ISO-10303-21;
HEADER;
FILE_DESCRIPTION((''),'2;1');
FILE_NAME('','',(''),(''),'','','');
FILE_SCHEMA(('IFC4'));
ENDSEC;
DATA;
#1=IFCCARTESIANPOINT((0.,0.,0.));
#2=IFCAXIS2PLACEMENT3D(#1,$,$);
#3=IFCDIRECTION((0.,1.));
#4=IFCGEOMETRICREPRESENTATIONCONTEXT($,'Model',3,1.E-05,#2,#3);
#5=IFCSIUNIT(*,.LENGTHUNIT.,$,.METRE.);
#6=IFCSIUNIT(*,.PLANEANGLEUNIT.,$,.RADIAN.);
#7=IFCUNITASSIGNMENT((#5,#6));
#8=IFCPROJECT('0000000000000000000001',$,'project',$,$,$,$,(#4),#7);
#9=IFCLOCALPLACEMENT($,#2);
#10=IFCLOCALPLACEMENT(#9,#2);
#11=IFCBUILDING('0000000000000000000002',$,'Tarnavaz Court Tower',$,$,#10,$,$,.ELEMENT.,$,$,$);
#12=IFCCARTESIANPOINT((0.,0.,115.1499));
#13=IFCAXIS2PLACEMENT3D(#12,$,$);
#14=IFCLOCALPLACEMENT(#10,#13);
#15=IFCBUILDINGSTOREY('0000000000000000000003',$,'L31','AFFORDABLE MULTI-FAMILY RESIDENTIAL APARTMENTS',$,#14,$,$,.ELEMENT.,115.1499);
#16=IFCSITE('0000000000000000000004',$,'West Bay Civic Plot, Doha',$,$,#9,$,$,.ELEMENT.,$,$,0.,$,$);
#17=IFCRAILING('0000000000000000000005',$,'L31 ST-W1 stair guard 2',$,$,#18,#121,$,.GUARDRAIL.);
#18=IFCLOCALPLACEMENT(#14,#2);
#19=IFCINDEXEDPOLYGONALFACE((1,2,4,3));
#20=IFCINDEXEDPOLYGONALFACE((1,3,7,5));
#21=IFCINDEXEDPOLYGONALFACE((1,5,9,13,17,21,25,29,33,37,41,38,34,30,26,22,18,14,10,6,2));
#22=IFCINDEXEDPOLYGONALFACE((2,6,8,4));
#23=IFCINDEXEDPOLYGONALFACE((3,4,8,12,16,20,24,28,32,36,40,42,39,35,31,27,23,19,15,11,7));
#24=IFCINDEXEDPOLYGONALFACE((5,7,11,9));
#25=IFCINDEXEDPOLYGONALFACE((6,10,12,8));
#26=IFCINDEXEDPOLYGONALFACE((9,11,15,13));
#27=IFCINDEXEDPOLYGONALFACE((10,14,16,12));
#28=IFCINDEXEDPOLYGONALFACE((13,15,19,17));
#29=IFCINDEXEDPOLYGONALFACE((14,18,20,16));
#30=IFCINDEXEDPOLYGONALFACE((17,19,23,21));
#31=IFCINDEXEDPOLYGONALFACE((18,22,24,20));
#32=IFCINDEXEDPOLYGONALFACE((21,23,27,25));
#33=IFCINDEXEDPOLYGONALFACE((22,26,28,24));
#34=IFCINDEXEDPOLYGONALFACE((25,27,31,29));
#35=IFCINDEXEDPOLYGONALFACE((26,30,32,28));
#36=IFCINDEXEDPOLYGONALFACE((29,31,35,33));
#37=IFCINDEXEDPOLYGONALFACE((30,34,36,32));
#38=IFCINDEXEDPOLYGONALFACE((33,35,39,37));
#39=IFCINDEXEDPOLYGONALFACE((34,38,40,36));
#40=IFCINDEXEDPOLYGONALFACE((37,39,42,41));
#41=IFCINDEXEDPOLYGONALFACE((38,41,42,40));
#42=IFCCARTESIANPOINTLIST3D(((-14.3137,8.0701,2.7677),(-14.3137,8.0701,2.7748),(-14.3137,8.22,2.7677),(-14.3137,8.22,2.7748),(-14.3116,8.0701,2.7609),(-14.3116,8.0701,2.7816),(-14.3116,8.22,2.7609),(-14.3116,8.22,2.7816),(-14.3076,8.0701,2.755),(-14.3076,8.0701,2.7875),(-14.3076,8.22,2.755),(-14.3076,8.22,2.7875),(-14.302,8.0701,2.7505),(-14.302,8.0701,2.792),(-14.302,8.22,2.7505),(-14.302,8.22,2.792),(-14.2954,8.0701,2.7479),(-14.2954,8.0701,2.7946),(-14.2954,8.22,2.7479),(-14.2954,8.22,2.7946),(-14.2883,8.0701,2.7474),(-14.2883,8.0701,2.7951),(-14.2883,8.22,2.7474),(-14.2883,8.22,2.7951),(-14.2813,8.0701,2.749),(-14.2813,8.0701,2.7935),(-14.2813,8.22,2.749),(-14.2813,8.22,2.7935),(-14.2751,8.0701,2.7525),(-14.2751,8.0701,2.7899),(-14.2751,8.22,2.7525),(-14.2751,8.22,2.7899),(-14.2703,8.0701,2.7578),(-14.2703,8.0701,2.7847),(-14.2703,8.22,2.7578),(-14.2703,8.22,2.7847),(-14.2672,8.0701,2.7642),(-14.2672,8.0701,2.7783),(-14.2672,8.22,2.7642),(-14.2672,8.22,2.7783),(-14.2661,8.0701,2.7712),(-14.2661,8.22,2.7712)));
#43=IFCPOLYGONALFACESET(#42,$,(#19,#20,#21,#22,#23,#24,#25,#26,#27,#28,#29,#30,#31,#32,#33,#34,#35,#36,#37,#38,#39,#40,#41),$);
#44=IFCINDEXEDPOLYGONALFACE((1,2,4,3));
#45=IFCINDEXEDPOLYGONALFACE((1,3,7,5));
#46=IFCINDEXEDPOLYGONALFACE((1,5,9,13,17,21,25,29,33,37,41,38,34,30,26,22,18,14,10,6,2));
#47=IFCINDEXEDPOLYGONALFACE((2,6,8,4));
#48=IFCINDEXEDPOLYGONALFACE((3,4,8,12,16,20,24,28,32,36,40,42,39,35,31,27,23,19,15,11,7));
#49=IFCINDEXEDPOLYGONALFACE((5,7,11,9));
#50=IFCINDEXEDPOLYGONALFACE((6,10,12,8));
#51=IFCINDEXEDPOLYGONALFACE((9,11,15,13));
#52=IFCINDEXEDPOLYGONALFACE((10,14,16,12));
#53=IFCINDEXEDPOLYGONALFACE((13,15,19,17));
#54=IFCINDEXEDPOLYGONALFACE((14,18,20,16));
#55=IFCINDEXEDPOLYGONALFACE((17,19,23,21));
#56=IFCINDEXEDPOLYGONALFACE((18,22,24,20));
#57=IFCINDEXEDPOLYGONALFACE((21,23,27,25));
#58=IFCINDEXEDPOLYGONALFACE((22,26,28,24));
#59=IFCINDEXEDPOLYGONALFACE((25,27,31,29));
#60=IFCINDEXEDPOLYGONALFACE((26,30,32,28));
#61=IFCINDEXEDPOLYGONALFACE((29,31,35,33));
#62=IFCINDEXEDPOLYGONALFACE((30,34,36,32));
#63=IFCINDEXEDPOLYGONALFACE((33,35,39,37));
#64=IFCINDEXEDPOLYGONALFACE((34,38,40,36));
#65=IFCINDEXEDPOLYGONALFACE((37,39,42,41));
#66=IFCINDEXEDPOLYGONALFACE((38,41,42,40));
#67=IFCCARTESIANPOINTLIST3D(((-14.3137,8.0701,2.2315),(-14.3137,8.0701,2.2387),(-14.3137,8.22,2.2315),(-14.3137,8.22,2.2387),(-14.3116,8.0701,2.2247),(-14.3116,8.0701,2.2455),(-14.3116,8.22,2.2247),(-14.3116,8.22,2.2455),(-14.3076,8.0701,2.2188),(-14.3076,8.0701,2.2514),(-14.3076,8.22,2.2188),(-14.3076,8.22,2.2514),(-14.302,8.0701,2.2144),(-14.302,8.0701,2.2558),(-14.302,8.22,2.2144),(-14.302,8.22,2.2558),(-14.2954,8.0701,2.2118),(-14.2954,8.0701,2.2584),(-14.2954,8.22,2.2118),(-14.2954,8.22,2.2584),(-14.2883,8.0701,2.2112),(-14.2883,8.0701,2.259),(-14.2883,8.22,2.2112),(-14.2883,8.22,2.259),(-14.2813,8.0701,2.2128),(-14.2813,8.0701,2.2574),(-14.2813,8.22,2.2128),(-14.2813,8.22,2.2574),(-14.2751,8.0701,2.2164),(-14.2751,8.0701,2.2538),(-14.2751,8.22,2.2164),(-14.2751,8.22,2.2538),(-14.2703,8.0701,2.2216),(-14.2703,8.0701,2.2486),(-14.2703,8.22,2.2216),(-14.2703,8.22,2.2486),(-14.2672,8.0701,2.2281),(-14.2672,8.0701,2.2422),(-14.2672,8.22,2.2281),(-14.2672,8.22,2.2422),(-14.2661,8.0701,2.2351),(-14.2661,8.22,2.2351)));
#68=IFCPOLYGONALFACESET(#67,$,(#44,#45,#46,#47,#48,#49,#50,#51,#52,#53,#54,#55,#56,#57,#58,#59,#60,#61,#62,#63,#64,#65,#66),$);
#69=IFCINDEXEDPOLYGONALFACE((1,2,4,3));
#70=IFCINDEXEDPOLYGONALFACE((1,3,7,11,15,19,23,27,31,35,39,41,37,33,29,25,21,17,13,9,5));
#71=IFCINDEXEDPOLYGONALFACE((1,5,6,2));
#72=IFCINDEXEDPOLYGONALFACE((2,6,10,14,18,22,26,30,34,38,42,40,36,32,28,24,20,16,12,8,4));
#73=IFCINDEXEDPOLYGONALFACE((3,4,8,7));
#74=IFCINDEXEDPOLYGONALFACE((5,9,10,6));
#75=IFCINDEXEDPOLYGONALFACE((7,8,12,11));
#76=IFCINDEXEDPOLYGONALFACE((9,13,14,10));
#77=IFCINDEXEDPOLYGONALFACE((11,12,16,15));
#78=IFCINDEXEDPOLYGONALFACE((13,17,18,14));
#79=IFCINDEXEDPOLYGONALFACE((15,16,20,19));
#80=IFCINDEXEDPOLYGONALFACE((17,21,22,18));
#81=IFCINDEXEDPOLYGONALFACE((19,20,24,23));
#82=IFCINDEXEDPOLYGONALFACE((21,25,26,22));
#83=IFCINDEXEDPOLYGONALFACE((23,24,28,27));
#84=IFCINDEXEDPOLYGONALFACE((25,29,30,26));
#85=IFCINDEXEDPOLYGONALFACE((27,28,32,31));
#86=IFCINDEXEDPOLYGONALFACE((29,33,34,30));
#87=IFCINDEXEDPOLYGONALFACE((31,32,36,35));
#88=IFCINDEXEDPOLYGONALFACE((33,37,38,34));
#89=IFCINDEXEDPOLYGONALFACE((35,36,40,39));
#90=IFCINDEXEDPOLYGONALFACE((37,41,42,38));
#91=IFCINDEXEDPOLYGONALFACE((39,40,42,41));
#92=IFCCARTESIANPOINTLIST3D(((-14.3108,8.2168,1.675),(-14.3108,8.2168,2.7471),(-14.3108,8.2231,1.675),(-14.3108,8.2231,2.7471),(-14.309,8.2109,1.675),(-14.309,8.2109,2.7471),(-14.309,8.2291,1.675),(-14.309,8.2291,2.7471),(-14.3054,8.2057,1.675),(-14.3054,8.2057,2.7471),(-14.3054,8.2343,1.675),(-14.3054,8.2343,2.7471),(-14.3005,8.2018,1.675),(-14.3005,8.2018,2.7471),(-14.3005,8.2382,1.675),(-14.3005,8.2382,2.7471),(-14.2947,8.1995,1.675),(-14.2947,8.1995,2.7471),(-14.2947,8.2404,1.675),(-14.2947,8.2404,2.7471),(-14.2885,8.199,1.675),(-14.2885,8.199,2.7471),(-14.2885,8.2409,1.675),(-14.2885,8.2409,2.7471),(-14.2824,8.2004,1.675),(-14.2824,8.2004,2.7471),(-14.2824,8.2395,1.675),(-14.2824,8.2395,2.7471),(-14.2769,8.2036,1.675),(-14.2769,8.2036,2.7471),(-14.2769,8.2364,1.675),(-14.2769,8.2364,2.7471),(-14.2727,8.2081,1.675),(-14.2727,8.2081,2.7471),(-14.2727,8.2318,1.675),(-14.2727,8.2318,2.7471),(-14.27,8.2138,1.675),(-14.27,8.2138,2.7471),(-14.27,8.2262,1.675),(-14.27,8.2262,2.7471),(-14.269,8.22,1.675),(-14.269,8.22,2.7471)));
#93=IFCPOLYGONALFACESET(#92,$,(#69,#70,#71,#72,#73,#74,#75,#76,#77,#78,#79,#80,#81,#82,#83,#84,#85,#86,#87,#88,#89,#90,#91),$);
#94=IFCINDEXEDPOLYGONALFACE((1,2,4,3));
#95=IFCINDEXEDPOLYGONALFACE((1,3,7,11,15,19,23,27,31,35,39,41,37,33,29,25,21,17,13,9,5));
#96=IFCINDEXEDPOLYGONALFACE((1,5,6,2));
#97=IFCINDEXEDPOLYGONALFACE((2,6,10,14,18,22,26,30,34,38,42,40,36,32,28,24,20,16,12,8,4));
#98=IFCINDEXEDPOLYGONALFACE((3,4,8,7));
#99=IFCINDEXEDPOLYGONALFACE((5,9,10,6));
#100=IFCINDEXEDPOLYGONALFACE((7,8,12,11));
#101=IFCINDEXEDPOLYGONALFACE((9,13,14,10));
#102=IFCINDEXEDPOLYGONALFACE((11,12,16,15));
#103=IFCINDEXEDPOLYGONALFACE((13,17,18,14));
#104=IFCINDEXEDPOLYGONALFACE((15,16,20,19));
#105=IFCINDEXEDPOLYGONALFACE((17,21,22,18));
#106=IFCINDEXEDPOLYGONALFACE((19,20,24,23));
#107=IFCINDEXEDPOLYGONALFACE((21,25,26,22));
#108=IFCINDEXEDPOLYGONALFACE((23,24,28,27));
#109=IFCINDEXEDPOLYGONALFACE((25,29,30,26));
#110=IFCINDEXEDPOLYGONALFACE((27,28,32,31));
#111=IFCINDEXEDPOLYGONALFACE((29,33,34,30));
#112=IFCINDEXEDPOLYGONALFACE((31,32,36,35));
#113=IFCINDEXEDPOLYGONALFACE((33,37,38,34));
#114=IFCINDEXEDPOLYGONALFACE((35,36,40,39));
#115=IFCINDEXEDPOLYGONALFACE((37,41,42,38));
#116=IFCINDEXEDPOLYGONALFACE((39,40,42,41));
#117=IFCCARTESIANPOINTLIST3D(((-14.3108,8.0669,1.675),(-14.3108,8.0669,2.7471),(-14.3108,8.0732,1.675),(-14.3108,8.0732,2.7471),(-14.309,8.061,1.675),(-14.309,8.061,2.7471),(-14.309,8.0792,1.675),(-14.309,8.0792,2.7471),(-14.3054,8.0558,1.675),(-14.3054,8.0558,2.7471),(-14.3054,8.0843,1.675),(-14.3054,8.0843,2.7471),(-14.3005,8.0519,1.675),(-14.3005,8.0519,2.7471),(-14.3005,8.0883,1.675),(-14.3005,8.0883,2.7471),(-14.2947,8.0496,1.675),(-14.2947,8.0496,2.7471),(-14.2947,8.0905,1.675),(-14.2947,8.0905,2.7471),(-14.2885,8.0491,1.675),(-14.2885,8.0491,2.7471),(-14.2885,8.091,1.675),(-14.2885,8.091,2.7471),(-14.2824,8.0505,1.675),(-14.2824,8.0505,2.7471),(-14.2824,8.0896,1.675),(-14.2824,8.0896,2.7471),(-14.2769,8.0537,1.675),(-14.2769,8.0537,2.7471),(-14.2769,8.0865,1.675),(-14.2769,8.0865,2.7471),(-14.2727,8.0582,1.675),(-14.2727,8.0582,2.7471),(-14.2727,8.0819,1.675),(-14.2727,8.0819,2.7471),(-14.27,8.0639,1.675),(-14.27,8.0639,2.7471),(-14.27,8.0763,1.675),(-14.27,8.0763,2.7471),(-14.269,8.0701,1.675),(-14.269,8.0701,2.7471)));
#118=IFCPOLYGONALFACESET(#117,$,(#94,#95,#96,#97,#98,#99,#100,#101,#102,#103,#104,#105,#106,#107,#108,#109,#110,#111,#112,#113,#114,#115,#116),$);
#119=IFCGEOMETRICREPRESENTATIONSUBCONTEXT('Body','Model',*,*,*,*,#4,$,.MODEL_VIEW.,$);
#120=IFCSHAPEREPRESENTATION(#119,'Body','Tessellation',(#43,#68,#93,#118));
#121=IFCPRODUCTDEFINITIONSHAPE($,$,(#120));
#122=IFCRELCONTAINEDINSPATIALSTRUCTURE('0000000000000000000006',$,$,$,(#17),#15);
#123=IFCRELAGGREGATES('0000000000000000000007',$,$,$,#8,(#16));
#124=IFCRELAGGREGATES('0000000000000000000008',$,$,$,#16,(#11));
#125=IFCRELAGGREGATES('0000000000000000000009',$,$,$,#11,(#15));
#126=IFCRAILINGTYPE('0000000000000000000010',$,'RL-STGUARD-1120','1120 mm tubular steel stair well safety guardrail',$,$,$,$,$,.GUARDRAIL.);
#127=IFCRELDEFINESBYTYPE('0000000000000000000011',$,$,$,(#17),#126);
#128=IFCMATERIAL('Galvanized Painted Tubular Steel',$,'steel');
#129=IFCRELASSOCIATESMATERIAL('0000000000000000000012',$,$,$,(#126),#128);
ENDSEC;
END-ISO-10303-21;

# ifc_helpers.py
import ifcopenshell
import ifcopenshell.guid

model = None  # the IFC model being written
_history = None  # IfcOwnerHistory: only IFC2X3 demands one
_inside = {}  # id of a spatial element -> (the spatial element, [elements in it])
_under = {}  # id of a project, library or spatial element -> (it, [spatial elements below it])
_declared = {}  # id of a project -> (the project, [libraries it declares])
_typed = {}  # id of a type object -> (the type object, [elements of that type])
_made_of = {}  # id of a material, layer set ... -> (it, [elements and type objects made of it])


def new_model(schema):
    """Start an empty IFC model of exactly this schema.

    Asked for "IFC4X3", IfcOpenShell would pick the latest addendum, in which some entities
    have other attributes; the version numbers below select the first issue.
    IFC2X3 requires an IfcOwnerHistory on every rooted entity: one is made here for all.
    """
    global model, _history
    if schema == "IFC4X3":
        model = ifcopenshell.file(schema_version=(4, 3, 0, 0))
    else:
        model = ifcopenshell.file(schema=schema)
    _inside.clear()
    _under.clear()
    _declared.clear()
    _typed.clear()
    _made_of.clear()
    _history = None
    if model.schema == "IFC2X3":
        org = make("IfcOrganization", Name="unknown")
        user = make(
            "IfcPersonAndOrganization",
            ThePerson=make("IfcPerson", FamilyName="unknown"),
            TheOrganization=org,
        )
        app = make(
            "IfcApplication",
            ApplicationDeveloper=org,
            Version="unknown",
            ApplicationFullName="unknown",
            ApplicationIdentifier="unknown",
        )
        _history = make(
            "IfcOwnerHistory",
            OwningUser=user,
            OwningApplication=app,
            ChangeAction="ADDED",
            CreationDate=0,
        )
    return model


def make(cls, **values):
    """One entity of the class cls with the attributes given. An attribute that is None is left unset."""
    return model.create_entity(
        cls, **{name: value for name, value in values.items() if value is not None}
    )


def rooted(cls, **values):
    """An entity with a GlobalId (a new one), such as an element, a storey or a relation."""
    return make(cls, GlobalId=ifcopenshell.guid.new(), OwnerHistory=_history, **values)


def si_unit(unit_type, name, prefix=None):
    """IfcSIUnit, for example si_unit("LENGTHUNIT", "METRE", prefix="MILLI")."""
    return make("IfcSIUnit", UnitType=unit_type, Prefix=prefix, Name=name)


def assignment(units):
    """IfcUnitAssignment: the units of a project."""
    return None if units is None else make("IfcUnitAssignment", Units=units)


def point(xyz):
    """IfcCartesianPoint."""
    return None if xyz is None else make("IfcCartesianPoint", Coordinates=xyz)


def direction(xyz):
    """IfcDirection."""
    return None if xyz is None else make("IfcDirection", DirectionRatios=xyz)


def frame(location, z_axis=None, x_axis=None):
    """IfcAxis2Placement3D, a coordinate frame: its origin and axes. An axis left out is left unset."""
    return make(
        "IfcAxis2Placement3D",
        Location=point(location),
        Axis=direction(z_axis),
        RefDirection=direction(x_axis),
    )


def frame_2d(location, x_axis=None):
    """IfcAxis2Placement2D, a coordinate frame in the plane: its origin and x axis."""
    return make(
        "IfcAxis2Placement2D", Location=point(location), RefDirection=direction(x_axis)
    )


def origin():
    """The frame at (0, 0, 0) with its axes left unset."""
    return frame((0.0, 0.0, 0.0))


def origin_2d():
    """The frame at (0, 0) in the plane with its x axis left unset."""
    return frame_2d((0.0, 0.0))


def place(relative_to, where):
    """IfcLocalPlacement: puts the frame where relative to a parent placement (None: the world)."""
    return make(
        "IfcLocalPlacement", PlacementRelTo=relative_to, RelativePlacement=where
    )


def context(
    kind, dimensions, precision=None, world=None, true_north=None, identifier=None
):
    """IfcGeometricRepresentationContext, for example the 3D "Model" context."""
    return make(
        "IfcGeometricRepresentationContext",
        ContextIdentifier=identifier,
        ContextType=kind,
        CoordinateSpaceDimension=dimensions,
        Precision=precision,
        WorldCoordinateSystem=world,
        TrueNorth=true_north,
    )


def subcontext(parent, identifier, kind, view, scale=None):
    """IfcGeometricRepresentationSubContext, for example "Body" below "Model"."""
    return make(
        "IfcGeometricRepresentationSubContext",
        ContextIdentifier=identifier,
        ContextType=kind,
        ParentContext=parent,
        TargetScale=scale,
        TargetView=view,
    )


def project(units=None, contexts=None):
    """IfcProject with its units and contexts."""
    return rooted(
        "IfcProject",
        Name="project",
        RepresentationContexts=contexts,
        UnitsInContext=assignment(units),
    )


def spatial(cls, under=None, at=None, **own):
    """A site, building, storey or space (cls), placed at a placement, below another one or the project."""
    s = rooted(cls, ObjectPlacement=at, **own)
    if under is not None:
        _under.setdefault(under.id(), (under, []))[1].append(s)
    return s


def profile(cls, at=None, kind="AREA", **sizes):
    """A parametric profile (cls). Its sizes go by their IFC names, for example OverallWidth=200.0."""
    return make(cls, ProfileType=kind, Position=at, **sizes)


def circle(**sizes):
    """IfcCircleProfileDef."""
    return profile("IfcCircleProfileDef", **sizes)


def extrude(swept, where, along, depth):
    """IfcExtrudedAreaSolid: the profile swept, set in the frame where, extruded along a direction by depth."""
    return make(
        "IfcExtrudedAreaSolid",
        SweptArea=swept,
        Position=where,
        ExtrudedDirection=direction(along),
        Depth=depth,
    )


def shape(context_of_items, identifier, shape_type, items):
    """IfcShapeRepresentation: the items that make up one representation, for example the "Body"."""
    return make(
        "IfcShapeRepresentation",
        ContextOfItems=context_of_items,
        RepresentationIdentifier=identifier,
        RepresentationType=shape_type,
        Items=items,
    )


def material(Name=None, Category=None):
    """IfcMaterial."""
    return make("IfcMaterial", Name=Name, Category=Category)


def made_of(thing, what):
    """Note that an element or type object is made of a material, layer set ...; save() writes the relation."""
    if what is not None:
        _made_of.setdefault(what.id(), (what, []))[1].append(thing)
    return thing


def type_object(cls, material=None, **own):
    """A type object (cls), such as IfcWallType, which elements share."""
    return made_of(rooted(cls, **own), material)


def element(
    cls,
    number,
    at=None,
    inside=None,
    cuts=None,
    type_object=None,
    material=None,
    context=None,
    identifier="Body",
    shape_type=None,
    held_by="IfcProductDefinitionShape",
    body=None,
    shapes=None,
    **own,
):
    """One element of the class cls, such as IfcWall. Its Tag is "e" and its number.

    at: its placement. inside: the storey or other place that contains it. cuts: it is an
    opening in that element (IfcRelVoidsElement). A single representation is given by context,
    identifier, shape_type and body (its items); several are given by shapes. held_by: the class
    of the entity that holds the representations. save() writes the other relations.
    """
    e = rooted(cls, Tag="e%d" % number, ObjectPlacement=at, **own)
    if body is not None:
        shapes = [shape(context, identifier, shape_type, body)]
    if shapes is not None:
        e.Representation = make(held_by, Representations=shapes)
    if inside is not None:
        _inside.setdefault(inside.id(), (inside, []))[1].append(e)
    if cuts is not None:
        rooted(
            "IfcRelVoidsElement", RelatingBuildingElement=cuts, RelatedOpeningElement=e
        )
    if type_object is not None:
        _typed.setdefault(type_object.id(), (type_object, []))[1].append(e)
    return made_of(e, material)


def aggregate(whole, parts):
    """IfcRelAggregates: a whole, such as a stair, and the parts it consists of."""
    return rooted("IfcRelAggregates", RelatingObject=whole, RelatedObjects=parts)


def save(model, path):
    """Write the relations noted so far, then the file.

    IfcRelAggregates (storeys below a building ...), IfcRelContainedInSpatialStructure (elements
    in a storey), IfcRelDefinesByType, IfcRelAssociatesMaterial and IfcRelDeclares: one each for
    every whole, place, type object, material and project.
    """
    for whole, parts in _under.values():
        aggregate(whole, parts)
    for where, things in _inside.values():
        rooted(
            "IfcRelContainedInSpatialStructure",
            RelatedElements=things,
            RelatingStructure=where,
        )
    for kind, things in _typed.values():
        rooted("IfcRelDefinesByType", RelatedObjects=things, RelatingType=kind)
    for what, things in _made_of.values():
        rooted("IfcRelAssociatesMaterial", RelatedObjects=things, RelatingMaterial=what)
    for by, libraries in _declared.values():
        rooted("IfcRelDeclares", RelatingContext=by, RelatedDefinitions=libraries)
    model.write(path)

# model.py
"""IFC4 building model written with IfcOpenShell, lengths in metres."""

from ifc_helpers import new_model, si_unit, direction, frame, origin, origin_2d, place, context, subcontext, project, spatial, circle, extrude, material, type_object, element, save


model = new_model("IFC4")

# Units and contexts
model_context = context("Model", 3, precision=1e-05, world=origin(), true_north=direction((0.0, 1.0)))
body_context = subcontext(model_context, "Body", "Model", "MODEL_VIEW")
ifc_project = project(units=[si_unit("LENGTHUNIT", "METRE"), si_unit("PLANEANGLEUNIT", "RADIAN")], contexts=[model_context])

# Site, building, storey
site_placement = place(None, origin())
site = spatial("IfcSite", under=ifc_project, at=site_placement, Name="West Bay Civic Plot, Doha", CompositionType="ELEMENT", RefElevation=0.0)
building_placement = place(site_placement, origin())
building = spatial("IfcBuilding", under=site, at=building_placement, Name="Tarnavaz Court Tower", CompositionType="ELEMENT")
storey_placement = place(building_placement, frame((0.0, 0.0, 115.1499)))
storey = spatial("IfcBuildingStorey", under=building, at=storey_placement, Name="L31", Description="AFFORDABLE MULTI-FAMILY RESIDENTIAL APARTMENTS", CompositionType="ELEMENT", Elevation=115.1499)

# Railing
ifc_material_1 = material(Name="Galvanized Painted Tubular Steel", Category="steel")
railing_type_1 = type_object("IfcRailingType", Name="RL-STGUARD-1120", Description="1120 mm tubular steel stair well safety guardrail", PredefinedType="GUARDRAIL", material=ifc_material_1)
railing_1_placement = place(storey_placement, frame((-14.29, 8.22, 1.675)))
element("IfcRailing", 1, at=railing_1_placement, inside=storey, type_object=railing_type_1, Name="L31 ST-W1 stair guard 2", PredefinedType="GUARDRAIL", context=body_context, shape_type="SweptSolid", body=[
    extrude(circle(Radius=0.0239, at=origin_2d()), frame((0.0, 0.0, 1.0962), z_axis=(0.0, -1.0, 0.0), x_axis=(1.0, 0.0, 0.0)), (0.0, 0.0, 1.0), 0.1499),
    extrude(circle(Radius=0.0239, at=origin_2d()), frame((0.0, 0.0, 0.5601), z_axis=(0.0, -1.0, 0.0), x_axis=(1.0, 0.0, 0.0)), (0.0, 0.0, 1.0), 0.1499),
    extrude(circle(Radius=0.021, at=origin_2d()), origin(), (0.0, 0.0, 1.0), 1.072),
    extrude(circle(Radius=0.021, at=origin_2d()), frame((0.0, -0.1499, 0.0)), (0.0, 0.0, 1.0), 1.072),
])

save(model, "model.ifc")
